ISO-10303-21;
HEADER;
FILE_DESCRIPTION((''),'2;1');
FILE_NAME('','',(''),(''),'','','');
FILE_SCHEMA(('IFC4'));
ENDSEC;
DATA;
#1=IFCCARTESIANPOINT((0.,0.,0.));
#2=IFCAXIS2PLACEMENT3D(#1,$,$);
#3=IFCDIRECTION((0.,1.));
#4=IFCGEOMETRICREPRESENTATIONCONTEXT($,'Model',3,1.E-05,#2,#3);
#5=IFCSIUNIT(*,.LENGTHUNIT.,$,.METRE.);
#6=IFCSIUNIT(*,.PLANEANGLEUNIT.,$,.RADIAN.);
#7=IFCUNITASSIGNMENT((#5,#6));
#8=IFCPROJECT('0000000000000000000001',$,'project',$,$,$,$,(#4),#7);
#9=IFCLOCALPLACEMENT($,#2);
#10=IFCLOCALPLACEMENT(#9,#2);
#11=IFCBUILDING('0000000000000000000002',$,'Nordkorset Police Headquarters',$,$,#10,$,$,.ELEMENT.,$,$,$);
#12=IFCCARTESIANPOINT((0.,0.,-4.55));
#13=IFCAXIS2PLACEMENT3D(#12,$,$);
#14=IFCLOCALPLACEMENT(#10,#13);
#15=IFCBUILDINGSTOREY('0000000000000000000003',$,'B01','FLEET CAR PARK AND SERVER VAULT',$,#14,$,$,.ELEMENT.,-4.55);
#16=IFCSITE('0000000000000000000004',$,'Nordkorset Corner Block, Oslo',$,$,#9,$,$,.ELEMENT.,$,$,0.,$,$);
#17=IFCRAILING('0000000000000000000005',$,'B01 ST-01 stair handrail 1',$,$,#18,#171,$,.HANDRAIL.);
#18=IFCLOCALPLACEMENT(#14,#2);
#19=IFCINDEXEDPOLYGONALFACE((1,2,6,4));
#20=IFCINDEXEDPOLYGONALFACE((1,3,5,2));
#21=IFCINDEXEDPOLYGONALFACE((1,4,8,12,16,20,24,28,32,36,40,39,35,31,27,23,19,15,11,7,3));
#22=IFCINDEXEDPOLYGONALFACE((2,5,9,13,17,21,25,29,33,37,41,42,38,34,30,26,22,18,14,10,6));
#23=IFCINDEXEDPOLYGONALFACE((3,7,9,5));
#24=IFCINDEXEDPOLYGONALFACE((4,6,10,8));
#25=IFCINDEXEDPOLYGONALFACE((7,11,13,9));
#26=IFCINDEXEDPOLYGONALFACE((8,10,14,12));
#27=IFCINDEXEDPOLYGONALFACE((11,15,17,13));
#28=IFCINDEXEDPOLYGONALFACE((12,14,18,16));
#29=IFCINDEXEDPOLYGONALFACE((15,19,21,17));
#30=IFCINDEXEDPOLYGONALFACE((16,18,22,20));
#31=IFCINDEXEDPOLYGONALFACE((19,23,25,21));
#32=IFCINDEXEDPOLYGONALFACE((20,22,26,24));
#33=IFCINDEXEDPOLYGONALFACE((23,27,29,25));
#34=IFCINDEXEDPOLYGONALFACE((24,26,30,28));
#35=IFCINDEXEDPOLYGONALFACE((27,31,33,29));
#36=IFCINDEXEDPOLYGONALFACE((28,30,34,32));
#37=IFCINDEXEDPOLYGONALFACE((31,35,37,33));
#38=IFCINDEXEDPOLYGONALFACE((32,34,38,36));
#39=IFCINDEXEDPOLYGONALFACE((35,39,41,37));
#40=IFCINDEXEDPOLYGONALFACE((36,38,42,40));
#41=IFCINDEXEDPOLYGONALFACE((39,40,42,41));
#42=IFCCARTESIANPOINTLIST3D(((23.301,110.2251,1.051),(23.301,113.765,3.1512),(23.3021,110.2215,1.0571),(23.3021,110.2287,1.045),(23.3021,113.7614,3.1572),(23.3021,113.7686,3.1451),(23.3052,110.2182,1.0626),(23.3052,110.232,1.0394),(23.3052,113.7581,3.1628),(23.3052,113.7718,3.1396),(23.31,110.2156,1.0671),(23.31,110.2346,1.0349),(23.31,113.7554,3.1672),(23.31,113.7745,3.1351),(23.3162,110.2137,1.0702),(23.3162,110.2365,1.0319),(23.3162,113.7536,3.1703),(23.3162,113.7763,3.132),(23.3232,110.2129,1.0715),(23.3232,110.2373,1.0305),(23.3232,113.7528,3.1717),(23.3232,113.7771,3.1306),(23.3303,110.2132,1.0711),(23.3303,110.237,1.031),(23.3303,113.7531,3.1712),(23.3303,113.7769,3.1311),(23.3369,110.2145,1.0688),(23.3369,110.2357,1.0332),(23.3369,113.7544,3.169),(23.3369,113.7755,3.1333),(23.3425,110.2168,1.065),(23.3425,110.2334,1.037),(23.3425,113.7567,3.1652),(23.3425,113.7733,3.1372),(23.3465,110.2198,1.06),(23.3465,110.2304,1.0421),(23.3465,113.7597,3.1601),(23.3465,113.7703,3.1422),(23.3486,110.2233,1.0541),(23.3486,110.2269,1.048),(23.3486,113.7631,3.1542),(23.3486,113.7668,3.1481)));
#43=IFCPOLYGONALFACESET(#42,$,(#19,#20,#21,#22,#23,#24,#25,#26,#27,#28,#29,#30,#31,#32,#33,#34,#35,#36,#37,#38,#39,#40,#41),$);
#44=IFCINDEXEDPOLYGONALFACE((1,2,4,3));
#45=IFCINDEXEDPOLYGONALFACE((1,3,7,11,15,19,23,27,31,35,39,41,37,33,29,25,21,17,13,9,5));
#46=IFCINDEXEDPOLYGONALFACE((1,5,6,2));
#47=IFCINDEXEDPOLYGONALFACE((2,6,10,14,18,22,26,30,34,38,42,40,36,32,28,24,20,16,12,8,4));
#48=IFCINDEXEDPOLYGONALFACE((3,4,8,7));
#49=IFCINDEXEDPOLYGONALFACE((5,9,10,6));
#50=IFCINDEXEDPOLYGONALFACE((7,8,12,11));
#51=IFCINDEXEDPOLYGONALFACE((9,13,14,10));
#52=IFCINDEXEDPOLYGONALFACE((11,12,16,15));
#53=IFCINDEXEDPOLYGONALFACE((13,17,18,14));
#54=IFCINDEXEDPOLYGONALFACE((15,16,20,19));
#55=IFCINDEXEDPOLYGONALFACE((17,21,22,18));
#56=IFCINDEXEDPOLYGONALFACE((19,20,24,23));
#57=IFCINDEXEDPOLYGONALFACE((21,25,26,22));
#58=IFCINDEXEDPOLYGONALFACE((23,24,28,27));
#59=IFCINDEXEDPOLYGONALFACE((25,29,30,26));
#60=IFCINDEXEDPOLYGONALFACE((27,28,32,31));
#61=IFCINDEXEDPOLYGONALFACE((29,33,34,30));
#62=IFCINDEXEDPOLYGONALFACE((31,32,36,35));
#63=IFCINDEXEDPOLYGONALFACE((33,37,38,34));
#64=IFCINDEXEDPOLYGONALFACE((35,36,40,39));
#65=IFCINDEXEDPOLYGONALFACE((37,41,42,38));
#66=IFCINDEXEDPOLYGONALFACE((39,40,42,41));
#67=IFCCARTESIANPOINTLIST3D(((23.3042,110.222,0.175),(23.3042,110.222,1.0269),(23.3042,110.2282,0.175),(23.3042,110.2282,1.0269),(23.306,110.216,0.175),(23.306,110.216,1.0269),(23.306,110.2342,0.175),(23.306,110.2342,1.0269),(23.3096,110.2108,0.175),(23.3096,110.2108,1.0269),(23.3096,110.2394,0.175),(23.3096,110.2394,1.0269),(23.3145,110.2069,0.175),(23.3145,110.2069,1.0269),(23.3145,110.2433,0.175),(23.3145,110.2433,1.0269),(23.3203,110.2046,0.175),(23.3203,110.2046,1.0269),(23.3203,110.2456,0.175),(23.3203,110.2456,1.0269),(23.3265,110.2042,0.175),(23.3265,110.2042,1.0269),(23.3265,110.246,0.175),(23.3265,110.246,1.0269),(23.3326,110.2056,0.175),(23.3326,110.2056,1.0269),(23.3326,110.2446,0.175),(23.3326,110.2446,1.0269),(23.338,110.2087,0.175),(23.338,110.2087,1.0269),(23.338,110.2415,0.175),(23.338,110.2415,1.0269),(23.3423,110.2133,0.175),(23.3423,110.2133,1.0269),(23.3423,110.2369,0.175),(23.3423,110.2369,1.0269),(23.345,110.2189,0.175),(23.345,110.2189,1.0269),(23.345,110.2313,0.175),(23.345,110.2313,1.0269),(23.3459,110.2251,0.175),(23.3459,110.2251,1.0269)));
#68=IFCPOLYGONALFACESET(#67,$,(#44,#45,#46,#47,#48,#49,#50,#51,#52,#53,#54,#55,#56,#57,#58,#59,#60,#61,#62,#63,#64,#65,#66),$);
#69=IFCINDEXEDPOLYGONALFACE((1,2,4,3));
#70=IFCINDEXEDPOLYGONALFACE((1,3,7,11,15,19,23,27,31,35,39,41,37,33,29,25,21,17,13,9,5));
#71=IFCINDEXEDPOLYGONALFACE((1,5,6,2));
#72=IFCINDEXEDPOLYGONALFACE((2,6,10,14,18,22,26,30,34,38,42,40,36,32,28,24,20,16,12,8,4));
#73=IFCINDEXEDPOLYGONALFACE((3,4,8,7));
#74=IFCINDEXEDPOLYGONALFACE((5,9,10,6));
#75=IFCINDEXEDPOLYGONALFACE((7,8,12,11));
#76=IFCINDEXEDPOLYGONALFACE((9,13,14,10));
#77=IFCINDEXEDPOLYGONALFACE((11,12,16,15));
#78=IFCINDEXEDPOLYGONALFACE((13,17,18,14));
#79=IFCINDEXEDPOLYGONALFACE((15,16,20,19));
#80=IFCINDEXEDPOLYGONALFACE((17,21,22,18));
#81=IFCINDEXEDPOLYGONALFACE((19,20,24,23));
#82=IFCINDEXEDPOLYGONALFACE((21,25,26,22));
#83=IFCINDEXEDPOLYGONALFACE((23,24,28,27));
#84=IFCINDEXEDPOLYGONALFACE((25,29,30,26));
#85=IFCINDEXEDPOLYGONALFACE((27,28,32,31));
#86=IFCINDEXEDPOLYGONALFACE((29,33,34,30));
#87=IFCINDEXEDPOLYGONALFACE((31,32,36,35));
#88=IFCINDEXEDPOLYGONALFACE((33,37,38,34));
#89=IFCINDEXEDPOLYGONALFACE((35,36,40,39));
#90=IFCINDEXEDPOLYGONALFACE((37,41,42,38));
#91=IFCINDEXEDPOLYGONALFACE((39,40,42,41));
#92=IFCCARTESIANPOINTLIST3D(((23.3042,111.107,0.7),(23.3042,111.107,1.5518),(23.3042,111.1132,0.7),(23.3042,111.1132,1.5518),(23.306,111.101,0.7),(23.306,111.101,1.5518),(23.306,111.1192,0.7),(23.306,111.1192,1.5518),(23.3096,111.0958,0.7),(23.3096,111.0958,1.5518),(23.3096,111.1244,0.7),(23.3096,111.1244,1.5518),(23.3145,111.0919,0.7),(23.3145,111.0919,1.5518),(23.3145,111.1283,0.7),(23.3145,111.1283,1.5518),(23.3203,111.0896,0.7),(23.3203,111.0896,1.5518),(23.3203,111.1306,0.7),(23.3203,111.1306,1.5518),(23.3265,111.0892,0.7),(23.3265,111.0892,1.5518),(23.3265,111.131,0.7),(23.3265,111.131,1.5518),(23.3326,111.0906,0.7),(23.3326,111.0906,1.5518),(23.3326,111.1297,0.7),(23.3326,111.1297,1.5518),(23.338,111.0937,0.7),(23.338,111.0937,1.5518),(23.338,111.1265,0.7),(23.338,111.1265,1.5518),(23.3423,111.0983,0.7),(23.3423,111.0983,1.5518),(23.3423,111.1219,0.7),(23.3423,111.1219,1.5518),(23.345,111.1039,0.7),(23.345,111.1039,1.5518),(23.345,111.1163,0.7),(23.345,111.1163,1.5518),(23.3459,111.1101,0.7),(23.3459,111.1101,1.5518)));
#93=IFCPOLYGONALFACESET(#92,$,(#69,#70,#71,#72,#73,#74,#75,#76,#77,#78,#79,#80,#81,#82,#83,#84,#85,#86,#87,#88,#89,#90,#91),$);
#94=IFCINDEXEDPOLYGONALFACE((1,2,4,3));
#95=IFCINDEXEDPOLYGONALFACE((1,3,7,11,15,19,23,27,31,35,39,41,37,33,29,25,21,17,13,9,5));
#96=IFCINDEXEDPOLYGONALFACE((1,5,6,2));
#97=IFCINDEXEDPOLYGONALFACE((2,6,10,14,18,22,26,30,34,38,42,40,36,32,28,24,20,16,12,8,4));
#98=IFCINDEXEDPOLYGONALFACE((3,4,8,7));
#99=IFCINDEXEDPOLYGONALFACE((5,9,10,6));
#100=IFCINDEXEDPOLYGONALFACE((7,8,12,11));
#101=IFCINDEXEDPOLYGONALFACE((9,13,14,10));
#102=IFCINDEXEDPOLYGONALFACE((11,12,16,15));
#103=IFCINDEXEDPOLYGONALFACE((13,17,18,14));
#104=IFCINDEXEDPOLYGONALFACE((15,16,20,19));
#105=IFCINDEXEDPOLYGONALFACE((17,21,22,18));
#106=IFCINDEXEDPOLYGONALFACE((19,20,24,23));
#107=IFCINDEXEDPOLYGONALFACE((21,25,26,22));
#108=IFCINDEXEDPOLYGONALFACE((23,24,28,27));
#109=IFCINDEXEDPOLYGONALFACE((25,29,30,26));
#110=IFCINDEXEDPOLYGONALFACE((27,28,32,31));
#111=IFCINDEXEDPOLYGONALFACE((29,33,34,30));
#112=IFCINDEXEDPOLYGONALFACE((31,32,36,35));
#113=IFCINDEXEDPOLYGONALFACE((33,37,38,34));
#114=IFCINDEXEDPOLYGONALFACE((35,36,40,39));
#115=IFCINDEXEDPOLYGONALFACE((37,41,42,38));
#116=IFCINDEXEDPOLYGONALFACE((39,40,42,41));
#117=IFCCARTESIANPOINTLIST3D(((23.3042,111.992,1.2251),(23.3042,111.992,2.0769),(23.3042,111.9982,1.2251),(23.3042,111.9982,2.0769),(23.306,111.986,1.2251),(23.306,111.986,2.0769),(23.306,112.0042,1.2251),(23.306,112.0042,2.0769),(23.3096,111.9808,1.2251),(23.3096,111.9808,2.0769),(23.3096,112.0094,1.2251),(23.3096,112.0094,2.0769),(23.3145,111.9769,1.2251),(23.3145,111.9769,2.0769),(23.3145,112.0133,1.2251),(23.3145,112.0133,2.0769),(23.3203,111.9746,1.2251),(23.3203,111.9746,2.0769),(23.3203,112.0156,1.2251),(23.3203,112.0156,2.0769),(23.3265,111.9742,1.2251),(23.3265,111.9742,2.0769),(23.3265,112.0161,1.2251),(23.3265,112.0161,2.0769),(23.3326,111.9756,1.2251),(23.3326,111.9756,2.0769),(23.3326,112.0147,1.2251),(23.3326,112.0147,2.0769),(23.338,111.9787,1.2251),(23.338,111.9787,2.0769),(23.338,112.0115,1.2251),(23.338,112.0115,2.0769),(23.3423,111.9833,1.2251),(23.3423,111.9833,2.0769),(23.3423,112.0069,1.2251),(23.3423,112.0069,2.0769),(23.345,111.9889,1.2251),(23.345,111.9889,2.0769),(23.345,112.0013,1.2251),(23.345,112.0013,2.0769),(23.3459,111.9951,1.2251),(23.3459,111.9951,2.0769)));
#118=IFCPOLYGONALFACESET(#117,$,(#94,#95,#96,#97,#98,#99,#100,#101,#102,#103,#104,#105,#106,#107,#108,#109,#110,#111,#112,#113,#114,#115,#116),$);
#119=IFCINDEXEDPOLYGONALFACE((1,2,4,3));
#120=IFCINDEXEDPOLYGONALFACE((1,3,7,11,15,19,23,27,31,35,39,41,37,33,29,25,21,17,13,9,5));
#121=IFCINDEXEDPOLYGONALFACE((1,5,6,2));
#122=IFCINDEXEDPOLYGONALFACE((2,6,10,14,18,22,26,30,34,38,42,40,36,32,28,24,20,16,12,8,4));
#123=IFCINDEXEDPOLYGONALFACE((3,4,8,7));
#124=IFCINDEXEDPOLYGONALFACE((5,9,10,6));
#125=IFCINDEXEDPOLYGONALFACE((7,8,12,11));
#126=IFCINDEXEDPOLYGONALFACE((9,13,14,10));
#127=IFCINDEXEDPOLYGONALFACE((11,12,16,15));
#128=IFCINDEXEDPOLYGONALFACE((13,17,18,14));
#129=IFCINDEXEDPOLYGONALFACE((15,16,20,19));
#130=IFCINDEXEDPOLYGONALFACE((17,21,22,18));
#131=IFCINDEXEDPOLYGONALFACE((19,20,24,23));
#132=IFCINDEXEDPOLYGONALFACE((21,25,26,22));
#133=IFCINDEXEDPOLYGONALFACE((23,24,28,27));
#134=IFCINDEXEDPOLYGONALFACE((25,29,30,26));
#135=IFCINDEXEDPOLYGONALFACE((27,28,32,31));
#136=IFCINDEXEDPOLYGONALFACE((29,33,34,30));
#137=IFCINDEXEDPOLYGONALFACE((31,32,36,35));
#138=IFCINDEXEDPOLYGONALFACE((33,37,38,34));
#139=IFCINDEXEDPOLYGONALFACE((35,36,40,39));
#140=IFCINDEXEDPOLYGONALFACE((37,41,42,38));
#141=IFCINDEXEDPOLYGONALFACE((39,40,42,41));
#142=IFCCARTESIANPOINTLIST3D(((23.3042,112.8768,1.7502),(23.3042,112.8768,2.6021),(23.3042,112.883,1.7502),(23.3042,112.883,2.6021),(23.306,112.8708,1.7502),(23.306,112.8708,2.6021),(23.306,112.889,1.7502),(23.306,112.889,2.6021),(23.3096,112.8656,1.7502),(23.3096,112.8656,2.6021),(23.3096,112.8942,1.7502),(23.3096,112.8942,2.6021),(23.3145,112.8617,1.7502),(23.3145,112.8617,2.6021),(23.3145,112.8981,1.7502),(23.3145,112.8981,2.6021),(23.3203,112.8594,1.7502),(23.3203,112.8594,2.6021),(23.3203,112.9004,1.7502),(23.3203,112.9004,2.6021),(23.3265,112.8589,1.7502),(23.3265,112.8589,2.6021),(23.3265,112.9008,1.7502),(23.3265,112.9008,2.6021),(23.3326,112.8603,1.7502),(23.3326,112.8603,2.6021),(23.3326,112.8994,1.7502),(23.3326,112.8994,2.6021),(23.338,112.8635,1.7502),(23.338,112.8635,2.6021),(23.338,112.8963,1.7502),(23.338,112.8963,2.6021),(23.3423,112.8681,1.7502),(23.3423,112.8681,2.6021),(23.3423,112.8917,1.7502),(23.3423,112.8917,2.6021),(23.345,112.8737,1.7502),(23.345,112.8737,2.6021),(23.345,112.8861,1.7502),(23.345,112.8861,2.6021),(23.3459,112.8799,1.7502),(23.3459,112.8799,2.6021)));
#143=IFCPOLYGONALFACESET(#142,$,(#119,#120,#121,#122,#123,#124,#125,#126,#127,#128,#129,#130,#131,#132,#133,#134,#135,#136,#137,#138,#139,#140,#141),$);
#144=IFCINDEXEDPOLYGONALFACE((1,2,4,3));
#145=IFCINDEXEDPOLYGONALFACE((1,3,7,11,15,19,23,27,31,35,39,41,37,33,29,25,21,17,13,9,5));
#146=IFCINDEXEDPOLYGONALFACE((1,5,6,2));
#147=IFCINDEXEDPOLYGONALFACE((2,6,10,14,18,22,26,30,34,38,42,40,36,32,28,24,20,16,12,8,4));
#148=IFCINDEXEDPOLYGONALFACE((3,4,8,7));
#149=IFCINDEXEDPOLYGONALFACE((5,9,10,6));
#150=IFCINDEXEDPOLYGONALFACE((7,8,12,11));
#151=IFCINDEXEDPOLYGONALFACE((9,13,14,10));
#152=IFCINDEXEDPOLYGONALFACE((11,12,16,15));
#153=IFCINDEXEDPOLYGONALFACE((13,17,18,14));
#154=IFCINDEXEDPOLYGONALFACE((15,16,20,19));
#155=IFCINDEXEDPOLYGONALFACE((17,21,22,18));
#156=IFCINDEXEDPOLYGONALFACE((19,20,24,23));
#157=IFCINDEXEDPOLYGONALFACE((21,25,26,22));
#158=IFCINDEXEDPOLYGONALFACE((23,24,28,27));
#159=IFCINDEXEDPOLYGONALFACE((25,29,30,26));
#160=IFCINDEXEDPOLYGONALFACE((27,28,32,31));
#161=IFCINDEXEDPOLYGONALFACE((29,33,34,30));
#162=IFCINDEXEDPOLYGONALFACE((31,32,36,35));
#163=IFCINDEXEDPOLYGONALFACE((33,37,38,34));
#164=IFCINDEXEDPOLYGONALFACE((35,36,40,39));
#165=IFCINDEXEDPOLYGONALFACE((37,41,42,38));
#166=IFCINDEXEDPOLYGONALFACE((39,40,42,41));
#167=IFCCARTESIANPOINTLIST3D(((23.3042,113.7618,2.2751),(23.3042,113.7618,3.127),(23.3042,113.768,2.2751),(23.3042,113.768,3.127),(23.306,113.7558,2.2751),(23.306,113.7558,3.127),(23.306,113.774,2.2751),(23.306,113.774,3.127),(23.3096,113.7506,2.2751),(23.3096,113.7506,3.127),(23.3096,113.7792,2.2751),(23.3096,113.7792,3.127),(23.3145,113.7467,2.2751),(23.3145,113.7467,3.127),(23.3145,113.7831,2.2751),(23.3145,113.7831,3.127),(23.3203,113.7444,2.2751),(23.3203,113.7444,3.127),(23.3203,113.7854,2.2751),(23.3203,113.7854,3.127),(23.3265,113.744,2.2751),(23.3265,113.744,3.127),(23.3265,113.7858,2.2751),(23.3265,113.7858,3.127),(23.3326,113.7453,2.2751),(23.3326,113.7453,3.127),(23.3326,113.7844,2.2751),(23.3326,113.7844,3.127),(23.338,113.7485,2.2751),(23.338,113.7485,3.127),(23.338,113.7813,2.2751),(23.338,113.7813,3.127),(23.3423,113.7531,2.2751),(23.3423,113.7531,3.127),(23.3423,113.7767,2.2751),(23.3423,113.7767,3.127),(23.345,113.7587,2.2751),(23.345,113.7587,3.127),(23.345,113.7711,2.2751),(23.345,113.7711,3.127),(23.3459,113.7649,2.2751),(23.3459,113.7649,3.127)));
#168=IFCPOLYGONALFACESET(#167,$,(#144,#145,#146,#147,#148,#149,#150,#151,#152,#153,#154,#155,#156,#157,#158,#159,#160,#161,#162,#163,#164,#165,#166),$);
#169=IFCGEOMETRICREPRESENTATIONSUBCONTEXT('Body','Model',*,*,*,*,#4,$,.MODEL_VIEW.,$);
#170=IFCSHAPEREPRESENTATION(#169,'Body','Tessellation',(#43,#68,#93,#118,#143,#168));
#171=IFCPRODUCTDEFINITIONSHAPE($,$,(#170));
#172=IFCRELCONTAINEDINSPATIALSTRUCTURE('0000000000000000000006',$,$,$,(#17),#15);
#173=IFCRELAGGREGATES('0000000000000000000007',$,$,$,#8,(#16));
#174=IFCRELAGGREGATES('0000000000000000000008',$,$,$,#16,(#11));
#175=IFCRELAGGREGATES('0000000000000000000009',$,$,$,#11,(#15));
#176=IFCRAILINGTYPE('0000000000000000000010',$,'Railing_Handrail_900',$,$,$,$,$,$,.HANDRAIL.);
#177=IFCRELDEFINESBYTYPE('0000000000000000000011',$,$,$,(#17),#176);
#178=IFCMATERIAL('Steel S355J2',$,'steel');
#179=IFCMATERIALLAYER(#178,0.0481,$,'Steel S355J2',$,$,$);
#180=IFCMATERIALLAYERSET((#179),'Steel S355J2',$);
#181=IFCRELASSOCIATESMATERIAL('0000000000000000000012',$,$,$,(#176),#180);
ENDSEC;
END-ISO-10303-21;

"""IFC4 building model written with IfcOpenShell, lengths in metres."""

from ifc_helpers import new_model, si_unit, direction, frame, origin, origin_2d, place, context, subcontext, project, spatial, circle, extrude, material, layer, layer_set, type_object, element, save


model = new_model("IFC4")

# Units and contexts
model_context = context("Model", 3, precision=1e-05, world=origin(), true_north=direction((0.0, 1.0)))
body_context = subcontext(model_context, "Body", "Model", "MODEL_VIEW")
ifc_project = project(units=[si_unit("LENGTHUNIT", "METRE"), si_unit("PLANEANGLEUNIT", "RADIAN")], contexts=[model_context])

# Site, building, storey
site_placement = place(None, origin())
site = spatial("IfcSite", under=ifc_project, at=site_placement, Name="Nordkorset Corner Block, Oslo", CompositionType="ELEMENT", RefElevation=0.0)
building_placement = place(site_placement, origin())
building = spatial("IfcBuilding", under=site, at=building_placement, Name="Nordkorset Police Headquarters", CompositionType="ELEMENT")
storey_placement = place(building_placement, frame((0.0, 0.0, -4.55)))
storey = spatial("IfcBuildingStorey", under=building, at=storey_placement, Name="B01", Description="FLEET CAR PARK AND SERVER VAULT", CompositionType="ELEMENT", Elevation=-4.55)

# Railing
ifc_material_1 = material(Name="Steel S355J2", Category="steel")
ifc_layer_1 = layer(ifc_material_1, 0.0481, Name="Steel S355J2")
ifc_layer_set_1 = layer_set([ifc_layer_1], Name="Steel S355J2")
railing_type_1 = type_object("IfcRailingType", Name="Railing_Handrail_900", PredefinedType="HANDRAIL", material=ifc_layer_set_1)
railing_1_placement = place(storey_placement, frame((23.325, 110.2251, 0.175)))
element("IfcRailing", 1, at=railing_1_placement, inside=storey, type_object=railing_type_1, Name="B01 ST-01 stair handrail 1", PredefinedType="HANDRAIL", context=body_context, shape_type="SweptSolid", body=[
    extrude(circle(Radius=0.0239, at=origin_2d()), frame((0.0, 0.0, 0.876), z_axis=(0.0, 0.860031, 0.510241), x_axis=(-1.0, 0.0, 0.0)), (0.0, 0.0, 1.0), 4.116),
    extrude(circle(Radius=0.021, at=origin_2d()), origin(), (0.0, 0.0, 1.0), 0.8518),
    extrude(circle(Radius=0.021, at=origin_2d()), frame((0.0, 0.885, 0.5249)), (0.0, 0.0, 1.0), 0.8518),
    extrude(circle(Radius=0.021, at=origin_2d()), frame((0.0, 1.77, 1.05)), (0.0, 0.0, 1.0), 0.8518),
    extrude(circle(Radius=0.021, at=origin_2d()), frame((0.0, 2.6548, 1.5752)), (0.0, 0.0, 1.0), 0.8518),
    extrude(circle(Radius=0.021, at=origin_2d()), frame((0.0, 3.5398, 2.1001)), (0.0, 0.0, 1.0), 0.8518),
])

save(model, "model.ifc")
